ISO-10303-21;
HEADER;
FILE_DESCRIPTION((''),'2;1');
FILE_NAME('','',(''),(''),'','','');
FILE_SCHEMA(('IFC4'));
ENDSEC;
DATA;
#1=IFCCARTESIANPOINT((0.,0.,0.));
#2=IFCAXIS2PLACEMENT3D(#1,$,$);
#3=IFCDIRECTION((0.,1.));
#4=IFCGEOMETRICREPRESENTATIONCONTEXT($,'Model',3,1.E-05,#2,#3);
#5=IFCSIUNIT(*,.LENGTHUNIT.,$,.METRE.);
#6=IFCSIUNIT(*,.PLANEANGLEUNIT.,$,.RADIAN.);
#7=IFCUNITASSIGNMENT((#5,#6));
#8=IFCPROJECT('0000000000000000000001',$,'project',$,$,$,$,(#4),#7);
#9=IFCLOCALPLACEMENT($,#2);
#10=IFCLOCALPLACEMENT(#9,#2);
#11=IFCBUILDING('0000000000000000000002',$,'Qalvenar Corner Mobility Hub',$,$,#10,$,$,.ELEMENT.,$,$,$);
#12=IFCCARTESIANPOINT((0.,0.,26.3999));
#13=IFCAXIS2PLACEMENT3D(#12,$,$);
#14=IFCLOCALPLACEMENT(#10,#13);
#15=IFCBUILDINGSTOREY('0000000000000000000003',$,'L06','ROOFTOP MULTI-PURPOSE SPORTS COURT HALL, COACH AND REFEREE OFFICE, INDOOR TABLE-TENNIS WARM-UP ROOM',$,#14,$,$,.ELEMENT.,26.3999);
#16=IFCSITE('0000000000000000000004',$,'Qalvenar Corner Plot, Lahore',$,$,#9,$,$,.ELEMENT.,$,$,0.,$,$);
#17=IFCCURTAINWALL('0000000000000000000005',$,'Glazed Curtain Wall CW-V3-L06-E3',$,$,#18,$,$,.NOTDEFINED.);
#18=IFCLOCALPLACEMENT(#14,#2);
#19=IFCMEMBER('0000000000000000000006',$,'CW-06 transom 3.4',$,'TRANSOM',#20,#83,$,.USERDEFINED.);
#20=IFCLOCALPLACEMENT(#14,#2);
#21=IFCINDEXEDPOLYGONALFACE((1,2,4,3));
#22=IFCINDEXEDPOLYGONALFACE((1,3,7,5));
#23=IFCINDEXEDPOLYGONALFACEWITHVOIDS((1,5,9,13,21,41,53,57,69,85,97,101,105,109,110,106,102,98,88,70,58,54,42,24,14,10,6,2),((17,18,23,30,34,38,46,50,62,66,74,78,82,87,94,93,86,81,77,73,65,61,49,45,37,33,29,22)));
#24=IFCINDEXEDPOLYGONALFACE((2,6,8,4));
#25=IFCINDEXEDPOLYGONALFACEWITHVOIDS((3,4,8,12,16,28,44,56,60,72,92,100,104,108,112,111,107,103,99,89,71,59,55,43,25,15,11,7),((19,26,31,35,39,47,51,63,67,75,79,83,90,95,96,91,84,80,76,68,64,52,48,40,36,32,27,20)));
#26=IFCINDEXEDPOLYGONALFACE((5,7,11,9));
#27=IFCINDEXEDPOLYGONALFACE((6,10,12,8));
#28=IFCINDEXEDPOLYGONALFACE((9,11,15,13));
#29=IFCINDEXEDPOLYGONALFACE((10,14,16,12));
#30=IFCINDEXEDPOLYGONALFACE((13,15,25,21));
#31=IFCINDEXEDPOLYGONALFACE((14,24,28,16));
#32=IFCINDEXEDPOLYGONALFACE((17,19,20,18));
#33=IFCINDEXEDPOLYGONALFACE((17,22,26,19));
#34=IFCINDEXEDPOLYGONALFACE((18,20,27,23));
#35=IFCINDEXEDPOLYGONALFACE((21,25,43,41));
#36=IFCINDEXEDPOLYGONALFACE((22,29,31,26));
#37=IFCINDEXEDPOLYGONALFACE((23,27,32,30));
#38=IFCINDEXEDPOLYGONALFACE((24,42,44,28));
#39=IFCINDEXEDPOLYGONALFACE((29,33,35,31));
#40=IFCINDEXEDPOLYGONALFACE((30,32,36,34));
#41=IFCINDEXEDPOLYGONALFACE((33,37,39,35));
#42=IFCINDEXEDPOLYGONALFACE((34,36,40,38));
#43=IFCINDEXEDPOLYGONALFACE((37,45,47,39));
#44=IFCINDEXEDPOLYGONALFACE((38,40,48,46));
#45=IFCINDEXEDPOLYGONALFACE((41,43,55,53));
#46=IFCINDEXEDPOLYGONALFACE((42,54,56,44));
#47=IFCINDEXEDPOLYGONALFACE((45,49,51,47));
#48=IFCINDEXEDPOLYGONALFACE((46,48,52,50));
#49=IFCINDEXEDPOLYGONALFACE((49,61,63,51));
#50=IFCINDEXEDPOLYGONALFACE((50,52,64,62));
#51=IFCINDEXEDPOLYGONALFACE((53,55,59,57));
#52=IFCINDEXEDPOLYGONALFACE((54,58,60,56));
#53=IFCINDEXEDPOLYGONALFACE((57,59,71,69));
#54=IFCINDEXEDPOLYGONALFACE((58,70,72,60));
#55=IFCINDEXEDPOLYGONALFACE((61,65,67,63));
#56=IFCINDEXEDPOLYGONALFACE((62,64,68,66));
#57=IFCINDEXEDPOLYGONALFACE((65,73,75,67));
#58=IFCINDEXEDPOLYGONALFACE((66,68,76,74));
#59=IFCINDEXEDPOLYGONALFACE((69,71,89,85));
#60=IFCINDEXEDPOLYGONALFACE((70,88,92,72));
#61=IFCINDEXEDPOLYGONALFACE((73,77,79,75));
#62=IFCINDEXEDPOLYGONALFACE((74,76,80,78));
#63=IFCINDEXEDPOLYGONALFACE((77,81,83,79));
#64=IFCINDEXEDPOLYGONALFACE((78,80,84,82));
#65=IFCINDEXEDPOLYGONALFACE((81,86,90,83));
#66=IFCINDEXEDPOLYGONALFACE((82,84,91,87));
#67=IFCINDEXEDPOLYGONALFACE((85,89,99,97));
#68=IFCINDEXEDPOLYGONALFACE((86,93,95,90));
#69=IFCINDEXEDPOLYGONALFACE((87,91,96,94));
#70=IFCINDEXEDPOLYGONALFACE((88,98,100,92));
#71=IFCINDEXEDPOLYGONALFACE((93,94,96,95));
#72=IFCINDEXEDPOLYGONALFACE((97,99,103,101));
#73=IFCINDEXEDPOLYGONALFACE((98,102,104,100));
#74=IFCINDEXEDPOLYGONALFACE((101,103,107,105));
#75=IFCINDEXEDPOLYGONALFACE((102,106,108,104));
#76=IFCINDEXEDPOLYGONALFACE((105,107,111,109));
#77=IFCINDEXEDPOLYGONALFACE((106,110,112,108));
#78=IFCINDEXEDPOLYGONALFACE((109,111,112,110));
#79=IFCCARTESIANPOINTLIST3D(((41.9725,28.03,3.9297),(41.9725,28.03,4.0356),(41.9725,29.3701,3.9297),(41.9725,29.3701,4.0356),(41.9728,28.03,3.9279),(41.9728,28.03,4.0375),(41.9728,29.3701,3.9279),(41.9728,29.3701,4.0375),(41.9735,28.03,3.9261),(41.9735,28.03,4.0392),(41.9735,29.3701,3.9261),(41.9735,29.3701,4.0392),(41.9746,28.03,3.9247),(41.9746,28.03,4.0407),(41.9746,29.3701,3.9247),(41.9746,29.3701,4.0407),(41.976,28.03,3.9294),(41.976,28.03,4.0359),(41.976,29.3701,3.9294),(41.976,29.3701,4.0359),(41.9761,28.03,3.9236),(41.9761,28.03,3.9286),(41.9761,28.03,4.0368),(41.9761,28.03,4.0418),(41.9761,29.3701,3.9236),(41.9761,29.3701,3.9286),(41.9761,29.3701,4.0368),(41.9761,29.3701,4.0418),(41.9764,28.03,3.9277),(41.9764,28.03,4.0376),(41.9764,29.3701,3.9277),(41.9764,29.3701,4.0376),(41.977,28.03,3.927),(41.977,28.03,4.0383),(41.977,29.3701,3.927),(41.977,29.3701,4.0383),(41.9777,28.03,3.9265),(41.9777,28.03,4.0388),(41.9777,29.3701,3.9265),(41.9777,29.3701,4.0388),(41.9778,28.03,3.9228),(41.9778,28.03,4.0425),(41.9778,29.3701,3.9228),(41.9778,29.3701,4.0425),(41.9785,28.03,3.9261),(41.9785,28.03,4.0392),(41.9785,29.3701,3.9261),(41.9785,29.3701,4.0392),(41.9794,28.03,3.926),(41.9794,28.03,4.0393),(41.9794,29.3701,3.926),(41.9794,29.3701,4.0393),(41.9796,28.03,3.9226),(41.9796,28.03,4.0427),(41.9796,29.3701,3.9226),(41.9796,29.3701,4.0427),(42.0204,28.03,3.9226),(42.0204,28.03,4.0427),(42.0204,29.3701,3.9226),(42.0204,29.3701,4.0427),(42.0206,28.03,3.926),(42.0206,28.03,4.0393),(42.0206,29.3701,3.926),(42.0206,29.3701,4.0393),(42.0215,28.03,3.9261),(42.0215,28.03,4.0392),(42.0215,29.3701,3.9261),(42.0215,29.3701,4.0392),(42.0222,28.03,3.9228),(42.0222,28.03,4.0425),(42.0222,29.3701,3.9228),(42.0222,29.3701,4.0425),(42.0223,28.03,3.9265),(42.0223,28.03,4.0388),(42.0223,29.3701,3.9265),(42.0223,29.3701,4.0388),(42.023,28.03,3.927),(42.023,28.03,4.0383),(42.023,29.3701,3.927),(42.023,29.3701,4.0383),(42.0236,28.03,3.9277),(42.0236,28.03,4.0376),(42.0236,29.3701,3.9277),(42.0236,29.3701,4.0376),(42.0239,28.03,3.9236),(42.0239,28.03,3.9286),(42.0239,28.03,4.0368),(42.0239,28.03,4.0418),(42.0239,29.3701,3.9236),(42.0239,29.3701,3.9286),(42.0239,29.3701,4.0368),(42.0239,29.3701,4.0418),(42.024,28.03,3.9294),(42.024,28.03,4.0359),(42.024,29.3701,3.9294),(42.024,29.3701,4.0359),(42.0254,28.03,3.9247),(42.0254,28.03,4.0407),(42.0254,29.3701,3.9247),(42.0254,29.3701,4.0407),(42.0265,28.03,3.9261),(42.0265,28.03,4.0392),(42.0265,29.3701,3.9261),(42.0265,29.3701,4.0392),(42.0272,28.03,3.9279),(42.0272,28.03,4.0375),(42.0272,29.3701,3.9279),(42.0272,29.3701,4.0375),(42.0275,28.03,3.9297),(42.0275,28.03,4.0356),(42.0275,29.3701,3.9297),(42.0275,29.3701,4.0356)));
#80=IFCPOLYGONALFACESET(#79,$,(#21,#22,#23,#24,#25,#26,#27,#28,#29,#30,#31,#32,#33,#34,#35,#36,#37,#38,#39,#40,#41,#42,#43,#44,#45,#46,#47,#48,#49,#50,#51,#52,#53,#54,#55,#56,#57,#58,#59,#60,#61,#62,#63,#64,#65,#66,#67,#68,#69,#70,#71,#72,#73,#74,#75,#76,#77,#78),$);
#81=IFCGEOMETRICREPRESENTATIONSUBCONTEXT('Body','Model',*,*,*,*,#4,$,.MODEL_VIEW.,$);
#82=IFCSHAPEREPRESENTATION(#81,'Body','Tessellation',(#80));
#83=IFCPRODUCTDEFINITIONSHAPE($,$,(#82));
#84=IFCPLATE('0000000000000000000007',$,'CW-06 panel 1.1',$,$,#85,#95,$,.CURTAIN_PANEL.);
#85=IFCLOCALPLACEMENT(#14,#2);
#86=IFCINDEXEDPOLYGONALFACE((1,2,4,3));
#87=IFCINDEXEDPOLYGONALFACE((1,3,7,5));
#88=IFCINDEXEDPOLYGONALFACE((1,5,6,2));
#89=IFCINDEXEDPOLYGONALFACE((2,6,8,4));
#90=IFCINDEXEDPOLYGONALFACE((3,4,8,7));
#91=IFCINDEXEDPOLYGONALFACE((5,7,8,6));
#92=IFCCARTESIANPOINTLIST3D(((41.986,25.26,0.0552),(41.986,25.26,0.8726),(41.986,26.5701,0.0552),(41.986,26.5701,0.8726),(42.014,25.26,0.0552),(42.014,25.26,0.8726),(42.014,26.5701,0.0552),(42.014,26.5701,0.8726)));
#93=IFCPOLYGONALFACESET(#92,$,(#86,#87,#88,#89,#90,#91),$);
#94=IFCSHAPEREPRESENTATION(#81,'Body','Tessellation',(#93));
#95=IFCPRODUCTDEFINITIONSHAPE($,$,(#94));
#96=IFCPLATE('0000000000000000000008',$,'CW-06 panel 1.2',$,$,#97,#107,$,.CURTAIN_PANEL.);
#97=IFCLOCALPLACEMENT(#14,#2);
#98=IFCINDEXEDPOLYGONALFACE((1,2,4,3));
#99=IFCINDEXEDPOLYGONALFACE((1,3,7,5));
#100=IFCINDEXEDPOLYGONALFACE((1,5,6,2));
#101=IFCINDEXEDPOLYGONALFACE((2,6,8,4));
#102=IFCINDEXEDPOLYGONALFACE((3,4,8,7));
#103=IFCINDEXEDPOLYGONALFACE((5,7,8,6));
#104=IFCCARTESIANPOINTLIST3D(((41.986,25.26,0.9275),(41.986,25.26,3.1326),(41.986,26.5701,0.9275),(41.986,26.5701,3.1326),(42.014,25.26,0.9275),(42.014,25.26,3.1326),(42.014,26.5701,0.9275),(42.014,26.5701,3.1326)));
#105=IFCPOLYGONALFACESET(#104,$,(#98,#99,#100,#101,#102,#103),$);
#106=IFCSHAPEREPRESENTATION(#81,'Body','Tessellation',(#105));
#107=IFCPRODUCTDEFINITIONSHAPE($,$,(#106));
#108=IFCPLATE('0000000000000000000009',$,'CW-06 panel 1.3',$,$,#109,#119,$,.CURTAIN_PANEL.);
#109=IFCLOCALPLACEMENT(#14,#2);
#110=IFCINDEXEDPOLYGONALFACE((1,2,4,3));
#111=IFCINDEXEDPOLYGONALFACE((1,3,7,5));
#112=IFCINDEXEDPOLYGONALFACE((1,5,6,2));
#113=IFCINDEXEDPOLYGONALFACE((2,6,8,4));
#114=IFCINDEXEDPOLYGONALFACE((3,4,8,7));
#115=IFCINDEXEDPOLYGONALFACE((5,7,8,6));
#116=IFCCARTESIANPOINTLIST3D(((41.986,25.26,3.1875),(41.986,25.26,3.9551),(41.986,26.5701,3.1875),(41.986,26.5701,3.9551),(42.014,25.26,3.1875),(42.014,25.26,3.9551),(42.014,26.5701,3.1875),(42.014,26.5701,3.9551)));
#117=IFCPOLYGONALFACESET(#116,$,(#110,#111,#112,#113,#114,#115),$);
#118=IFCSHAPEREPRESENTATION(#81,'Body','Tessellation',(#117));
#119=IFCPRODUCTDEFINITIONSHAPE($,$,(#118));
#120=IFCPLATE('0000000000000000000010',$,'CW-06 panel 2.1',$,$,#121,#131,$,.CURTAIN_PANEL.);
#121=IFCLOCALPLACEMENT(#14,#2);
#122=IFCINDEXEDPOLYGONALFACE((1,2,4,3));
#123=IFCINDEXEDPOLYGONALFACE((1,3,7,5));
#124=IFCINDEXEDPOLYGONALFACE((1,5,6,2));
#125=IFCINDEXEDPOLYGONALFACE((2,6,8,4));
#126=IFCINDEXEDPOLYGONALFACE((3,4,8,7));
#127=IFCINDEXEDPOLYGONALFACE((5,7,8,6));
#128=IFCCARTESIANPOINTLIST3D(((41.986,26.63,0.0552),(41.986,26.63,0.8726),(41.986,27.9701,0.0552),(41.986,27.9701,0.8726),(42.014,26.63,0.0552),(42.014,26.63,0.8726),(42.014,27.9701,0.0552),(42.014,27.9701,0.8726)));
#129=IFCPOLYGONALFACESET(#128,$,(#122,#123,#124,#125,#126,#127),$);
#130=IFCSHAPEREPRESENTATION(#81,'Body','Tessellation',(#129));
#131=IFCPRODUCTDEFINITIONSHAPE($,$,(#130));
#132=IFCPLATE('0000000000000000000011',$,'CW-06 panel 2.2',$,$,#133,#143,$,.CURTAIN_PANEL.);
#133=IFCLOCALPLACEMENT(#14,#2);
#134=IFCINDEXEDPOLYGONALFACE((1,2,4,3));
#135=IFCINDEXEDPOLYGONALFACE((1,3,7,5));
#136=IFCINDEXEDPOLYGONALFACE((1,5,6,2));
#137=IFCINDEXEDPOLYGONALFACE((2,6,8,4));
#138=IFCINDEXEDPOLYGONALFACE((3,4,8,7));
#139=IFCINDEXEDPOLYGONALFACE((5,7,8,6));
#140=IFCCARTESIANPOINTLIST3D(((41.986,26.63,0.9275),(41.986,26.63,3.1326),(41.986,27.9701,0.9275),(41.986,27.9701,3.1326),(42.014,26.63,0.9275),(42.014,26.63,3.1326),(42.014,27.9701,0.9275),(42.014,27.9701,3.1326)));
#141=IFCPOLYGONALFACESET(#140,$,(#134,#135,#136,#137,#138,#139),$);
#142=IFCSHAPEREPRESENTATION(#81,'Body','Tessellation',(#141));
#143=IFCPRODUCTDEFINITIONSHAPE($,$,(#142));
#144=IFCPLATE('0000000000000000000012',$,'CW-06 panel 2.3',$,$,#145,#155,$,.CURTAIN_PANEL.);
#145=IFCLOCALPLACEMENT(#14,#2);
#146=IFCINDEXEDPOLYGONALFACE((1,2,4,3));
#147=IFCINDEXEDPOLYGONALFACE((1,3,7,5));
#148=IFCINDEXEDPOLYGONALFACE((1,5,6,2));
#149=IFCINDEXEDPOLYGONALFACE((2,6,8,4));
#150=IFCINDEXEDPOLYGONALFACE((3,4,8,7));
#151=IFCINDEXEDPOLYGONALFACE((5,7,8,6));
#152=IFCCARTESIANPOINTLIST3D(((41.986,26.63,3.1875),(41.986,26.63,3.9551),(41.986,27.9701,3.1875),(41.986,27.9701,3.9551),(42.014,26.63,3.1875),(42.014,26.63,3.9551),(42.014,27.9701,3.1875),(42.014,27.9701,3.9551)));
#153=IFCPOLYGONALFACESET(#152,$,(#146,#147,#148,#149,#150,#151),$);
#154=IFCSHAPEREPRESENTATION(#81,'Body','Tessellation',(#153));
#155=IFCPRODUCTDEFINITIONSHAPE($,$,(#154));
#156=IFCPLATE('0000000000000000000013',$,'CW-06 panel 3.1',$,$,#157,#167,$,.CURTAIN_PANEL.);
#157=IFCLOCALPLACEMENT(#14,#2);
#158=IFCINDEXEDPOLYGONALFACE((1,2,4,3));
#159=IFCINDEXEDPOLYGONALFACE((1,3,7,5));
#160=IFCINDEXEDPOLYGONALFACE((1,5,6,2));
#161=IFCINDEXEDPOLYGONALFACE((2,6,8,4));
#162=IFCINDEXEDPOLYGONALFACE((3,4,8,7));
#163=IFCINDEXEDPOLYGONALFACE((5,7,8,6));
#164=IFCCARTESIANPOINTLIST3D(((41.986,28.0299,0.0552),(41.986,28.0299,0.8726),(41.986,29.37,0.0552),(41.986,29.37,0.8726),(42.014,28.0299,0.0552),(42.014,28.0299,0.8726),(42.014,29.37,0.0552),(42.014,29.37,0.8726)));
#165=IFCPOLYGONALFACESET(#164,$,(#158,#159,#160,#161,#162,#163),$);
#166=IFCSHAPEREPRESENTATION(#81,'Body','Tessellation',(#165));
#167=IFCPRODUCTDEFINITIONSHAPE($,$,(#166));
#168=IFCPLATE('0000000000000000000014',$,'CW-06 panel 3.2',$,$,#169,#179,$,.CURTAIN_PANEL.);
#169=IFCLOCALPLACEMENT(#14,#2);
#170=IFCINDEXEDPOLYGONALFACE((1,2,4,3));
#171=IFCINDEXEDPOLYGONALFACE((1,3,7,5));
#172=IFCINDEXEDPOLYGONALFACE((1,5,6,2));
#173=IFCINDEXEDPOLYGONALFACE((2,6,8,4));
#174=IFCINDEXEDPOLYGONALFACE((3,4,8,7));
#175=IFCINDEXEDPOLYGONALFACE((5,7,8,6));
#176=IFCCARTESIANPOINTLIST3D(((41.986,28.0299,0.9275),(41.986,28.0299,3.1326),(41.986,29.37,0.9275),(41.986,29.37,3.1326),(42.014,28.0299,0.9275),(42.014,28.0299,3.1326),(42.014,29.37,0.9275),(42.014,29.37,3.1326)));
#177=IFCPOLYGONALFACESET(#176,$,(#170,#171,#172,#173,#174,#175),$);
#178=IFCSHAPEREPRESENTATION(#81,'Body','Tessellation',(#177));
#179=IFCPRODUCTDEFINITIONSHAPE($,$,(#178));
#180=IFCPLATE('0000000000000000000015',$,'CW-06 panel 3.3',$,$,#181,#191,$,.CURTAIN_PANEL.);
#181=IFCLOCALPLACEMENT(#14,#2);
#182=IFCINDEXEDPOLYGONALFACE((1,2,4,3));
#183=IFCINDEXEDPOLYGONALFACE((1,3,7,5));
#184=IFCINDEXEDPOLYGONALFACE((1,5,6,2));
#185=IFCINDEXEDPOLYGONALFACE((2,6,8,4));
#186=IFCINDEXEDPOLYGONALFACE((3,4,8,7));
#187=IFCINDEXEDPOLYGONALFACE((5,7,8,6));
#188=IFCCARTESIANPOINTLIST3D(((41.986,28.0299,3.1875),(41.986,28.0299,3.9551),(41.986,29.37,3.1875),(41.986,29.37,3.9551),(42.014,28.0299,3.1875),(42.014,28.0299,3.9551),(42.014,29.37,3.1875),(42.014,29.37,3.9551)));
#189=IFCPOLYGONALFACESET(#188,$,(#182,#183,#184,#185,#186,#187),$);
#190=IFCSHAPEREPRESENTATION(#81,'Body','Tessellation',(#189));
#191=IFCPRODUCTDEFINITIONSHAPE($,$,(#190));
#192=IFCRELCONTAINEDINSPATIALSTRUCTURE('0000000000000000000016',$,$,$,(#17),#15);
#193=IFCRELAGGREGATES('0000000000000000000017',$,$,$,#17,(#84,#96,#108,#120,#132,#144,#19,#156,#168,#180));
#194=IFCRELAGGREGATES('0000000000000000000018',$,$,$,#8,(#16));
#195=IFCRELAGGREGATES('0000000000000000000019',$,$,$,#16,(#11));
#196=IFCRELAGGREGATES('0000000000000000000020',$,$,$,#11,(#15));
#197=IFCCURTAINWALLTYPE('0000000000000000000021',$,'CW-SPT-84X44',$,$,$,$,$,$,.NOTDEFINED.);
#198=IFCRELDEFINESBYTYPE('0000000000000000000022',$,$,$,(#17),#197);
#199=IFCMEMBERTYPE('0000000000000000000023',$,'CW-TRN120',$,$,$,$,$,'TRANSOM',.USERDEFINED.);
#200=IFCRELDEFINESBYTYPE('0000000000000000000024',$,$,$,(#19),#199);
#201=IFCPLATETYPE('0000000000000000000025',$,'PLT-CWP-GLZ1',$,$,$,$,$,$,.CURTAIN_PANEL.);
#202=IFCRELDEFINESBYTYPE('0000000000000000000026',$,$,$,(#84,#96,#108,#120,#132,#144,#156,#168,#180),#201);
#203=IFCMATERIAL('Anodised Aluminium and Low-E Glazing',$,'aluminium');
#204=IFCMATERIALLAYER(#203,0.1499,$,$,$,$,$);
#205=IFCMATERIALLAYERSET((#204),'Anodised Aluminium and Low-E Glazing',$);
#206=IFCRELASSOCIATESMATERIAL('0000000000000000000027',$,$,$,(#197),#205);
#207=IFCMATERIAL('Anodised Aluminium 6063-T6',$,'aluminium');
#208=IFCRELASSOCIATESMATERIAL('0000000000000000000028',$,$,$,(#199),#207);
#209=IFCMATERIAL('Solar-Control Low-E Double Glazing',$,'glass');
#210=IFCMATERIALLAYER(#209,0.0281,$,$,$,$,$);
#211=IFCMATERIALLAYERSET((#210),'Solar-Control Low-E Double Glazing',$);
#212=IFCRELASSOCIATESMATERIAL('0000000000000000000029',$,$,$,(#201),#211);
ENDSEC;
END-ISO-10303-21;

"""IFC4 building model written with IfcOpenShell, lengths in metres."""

from ifc_helpers import new_model, si_unit, direction, frame, origin, origin_2d, place, context, subcontext, project, spatial, rectangle, hollow_rectangle, extrude, material, layer, layer_set, material_profile, profile_set, type_object, element, aggregate, save


model = new_model("IFC4")

# Units and contexts
model_context = context("Model", 3, precision=1e-05, world=origin(), true_north=direction((0.0, 1.0)))
body_context = subcontext(model_context, "Body", "Model", "MODEL_VIEW")
ifc_project = project(units=[si_unit("LENGTHUNIT", "METRE"), si_unit("PLANEANGLEUNIT", "RADIAN")], contexts=[model_context])

# Site, building, storey
site_placement = place(None, origin())
site = spatial("IfcSite", under=ifc_project, at=site_placement, Name="Qalvenar Corner Plot, Lahore", CompositionType="ELEMENT", RefElevation=0.0)
building_placement = place(site_placement, origin())
building = spatial("IfcBuilding", under=site, at=building_placement, Name="Qalvenar Corner Mobility Hub", CompositionType="ELEMENT")
storey_placement = place(building_placement, frame((0.0, 0.0, 26.3999)))
storey = spatial("IfcBuildingStorey", under=building, at=storey_placement, Name="L06", Description="ROOFTOP MULTI-PURPOSE SPORTS COURT HALL, COACH AND REFEREE OFFICE, INDOOR TABLE-TENNIS WARM-UP ROOM", CompositionType="ELEMENT", Elevation=26.3999)

# Shared definitions
ifc_material_1 = material(Name="Anodised Aluminium and Low-E Glazing", Category="aluminium")
ifc_material_2 = material(Name="Anodised Aluminium 6063-T6", Category="aluminium")

# Curtain wall
ifc_layer_1 = layer(ifc_material_1, 0.1499)
ifc_layer_set_1 = layer_set([ifc_layer_1], Name="Anodised Aluminium and Low-E Glazing")
curtain_wall_type_1 = type_object("IfcCurtainWallType", Name="CW-SPT-84X44", PredefinedType="NOTDEFINED", material=ifc_layer_set_1)
curtain_wall_1_placement = place(storey_placement, origin())
curtain_wall_1 = element("IfcCurtainWall", 1, at=curtain_wall_1_placement, inside=storey, type_object=curtain_wall_type_1, Name="Glazed Curtain Wall CW-V3-L06-E3", PredefinedType="NOTDEFINED")

# Member
ifc_material_profile_1 = material_profile(ifc_material_2, hollow_rectangle(XDim=0.0549, YDim=0.1201, WallThickness=0.0034, InnerFilletRadius=0.0034, OuterFilletRadius=0.0071, at=origin_2d()), Name="RHS120x55x3.5")
ifc_profile_set_1 = profile_set([ifc_material_profile_1], Name="Anodised Aluminium 6063-T6")
member_type_1 = type_object("IfcMemberType", Name="CW-TRN120", ElementType="TRANSOM", PredefinedType="USERDEFINED", material=ifc_profile_set_1)
member_1_placement = place(storey_placement, frame((42.0, 28.03, 3.9827), z_axis=(0.0, 1.0, 0.0), x_axis=(-1.0, 0.0, 0.0)))
member_1 = element("IfcMember", 2, at=member_1_placement, type_object=member_type_1, Name="CW-06 transom 3.4", ObjectType="TRANSOM", PredefinedType="USERDEFINED", context=body_context, shape_type="SweptSolid", body=[
    extrude(hollow_rectangle(XDim=0.0549, YDim=0.1201, WallThickness=0.0034, InnerFilletRadius=0.0034, OuterFilletRadius=0.0071, at=origin_2d()), origin(), (0.0, 0.0, 1.0), 1.3401),
])

# Plates
ifc_material_3 = material(Name="Solar-Control Low-E Double Glazing", Category="glass")
ifc_layer_2 = layer(ifc_material_3, 0.0281)
ifc_layer_set_2 = layer_set([ifc_layer_2], Name="Solar-Control Low-E Double Glazing")
plate_type = type_object("IfcPlateType", Name="PLT-CWP-GLZ1", PredefinedType="CURTAIN_PANEL", material=ifc_layer_set_2)
plate_1_placement = place(storey_placement, frame((42.0, 25.915, 0.0552), z_axis=(0.0, 0.0, 1.0), x_axis=(0.0, 1.0, 0.0)))
plate_1 = element("IfcPlate", 3, at=plate_1_placement, type_object=plate_type, Name="CW-06 panel 1.1", PredefinedType="CURTAIN_PANEL", context=body_context, shape_type="SweptSolid", body=[
    extrude(rectangle(XDim=1.3101, YDim=0.0281, at=origin_2d()), origin(), (0.0, 0.0, 1.0), 0.8174),
])
plate_2_placement = place(storey_placement, frame((42.0, 25.915, 0.9275), z_axis=(0.0, 0.0, 1.0), x_axis=(0.0, 1.0, 0.0)))
plate_2 = element("IfcPlate", 4, at=plate_2_placement, type_object=plate_type, Name="CW-06 panel 1.2", PredefinedType="CURTAIN_PANEL", context=body_context, shape_type="SweptSolid", body=[
    extrude(rectangle(XDim=1.3101, YDim=0.0281, at=origin_2d()), origin(), (0.0, 0.0, 1.0), 2.2051),
])
plate_3_placement = place(storey_placement, frame((42.0, 25.915, 3.1875), z_axis=(0.0, 0.0, 1.0), x_axis=(0.0, 1.0, 0.0)))
plate_3 = element("IfcPlate", 5, at=plate_3_placement, type_object=plate_type, Name="CW-06 panel 1.3", PredefinedType="CURTAIN_PANEL", context=body_context, shape_type="SweptSolid", body=[
    extrude(rectangle(XDim=1.3101, YDim=0.0281, at=origin_2d()), origin(), (0.0, 0.0, 1.0), 0.7676),
])
plate_4_placement = place(storey_placement, frame((42.0, 27.3, 0.0552), z_axis=(0.0, 0.0, 1.0), x_axis=(0.0, 1.0, 0.0)))
plate_4 = element("IfcPlate", 6, at=plate_4_placement, type_object=plate_type, Name="CW-06 panel 2.1", PredefinedType="CURTAIN_PANEL", context=body_context, shape_type="SweptSolid", body=[
    extrude(rectangle(XDim=1.3401, YDim=0.0281, at=origin_2d()), origin(), (0.0, 0.0, 1.0), 0.8174),
])
plate_5_placement = place(storey_placement, frame((42.0, 27.3, 0.9275), z_axis=(0.0, 0.0, 1.0), x_axis=(0.0, 1.0, 0.0)))
plate_5 = element("IfcPlate", 7, at=plate_5_placement, type_object=plate_type, Name="CW-06 panel 2.2", PredefinedType="CURTAIN_PANEL", context=body_context, shape_type="SweptSolid", body=[
    extrude(rectangle(XDim=1.3401, YDim=0.0281, at=origin_2d()), origin(), (0.0, 0.0, 1.0), 2.2051),
])
plate_6_placement = place(storey_placement, frame((42.0, 27.3, 3.1875), z_axis=(0.0, 0.0, 1.0), x_axis=(0.0, 1.0, 0.0)))
plate_6 = element("IfcPlate", 8, at=plate_6_placement, type_object=plate_type, Name="CW-06 panel 2.3", PredefinedType="CURTAIN_PANEL", context=body_context, shape_type="SweptSolid", body=[
    extrude(rectangle(XDim=1.3401, YDim=0.0281, at=origin_2d()), origin(), (0.0, 0.0, 1.0), 0.7676),
])
plate_7_placement = place(storey_placement, frame((42.0, 28.7, 0.0552), z_axis=(0.0, 0.0, 1.0), x_axis=(0.0, 1.0, 0.0)))
plate_7 = element("IfcPlate", 9, at=plate_7_placement, type_object=plate_type, Name="CW-06 panel 3.1", PredefinedType="CURTAIN_PANEL", context=body_context, shape_type="SweptSolid", body=[
    extrude(rectangle(XDim=1.3401, YDim=0.0281, at=origin_2d()), origin(), (0.0, 0.0, 1.0), 0.8174),
])
plate_8_placement = place(storey_placement, frame((42.0, 28.7, 0.9275), z_axis=(0.0, 0.0, 1.0), x_axis=(0.0, 1.0, 0.0)))
plate_8 = element("IfcPlate", 10, at=plate_8_placement, type_object=plate_type, Name="CW-06 panel 3.2", PredefinedType="CURTAIN_PANEL", context=body_context, shape_type="SweptSolid", body=[
    extrude(rectangle(XDim=1.3401, YDim=0.0281, at=origin_2d()), origin(), (0.0, 0.0, 1.0), 2.2051),
])
plate_9_placement = place(storey_placement, frame((42.0, 28.7, 3.1875), z_axis=(0.0, 0.0, 1.0), x_axis=(0.0, 1.0, 0.0)))
plate_9 = element("IfcPlate", 11, at=plate_9_placement, type_object=plate_type, Name="CW-06 panel 3.3", PredefinedType="CURTAIN_PANEL", context=body_context, shape_type="SweptSolid", body=[
    extrude(rectangle(XDim=1.3401, YDim=0.0281, at=origin_2d()), origin(), (0.0, 0.0, 1.0), 0.7676),
])
aggregate(curtain_wall_1, [plate_1, plate_2, plate_3, plate_4, plate_5, plate_6, member_1, plate_7, plate_8, plate_9])

save(model, "model.ifc")
